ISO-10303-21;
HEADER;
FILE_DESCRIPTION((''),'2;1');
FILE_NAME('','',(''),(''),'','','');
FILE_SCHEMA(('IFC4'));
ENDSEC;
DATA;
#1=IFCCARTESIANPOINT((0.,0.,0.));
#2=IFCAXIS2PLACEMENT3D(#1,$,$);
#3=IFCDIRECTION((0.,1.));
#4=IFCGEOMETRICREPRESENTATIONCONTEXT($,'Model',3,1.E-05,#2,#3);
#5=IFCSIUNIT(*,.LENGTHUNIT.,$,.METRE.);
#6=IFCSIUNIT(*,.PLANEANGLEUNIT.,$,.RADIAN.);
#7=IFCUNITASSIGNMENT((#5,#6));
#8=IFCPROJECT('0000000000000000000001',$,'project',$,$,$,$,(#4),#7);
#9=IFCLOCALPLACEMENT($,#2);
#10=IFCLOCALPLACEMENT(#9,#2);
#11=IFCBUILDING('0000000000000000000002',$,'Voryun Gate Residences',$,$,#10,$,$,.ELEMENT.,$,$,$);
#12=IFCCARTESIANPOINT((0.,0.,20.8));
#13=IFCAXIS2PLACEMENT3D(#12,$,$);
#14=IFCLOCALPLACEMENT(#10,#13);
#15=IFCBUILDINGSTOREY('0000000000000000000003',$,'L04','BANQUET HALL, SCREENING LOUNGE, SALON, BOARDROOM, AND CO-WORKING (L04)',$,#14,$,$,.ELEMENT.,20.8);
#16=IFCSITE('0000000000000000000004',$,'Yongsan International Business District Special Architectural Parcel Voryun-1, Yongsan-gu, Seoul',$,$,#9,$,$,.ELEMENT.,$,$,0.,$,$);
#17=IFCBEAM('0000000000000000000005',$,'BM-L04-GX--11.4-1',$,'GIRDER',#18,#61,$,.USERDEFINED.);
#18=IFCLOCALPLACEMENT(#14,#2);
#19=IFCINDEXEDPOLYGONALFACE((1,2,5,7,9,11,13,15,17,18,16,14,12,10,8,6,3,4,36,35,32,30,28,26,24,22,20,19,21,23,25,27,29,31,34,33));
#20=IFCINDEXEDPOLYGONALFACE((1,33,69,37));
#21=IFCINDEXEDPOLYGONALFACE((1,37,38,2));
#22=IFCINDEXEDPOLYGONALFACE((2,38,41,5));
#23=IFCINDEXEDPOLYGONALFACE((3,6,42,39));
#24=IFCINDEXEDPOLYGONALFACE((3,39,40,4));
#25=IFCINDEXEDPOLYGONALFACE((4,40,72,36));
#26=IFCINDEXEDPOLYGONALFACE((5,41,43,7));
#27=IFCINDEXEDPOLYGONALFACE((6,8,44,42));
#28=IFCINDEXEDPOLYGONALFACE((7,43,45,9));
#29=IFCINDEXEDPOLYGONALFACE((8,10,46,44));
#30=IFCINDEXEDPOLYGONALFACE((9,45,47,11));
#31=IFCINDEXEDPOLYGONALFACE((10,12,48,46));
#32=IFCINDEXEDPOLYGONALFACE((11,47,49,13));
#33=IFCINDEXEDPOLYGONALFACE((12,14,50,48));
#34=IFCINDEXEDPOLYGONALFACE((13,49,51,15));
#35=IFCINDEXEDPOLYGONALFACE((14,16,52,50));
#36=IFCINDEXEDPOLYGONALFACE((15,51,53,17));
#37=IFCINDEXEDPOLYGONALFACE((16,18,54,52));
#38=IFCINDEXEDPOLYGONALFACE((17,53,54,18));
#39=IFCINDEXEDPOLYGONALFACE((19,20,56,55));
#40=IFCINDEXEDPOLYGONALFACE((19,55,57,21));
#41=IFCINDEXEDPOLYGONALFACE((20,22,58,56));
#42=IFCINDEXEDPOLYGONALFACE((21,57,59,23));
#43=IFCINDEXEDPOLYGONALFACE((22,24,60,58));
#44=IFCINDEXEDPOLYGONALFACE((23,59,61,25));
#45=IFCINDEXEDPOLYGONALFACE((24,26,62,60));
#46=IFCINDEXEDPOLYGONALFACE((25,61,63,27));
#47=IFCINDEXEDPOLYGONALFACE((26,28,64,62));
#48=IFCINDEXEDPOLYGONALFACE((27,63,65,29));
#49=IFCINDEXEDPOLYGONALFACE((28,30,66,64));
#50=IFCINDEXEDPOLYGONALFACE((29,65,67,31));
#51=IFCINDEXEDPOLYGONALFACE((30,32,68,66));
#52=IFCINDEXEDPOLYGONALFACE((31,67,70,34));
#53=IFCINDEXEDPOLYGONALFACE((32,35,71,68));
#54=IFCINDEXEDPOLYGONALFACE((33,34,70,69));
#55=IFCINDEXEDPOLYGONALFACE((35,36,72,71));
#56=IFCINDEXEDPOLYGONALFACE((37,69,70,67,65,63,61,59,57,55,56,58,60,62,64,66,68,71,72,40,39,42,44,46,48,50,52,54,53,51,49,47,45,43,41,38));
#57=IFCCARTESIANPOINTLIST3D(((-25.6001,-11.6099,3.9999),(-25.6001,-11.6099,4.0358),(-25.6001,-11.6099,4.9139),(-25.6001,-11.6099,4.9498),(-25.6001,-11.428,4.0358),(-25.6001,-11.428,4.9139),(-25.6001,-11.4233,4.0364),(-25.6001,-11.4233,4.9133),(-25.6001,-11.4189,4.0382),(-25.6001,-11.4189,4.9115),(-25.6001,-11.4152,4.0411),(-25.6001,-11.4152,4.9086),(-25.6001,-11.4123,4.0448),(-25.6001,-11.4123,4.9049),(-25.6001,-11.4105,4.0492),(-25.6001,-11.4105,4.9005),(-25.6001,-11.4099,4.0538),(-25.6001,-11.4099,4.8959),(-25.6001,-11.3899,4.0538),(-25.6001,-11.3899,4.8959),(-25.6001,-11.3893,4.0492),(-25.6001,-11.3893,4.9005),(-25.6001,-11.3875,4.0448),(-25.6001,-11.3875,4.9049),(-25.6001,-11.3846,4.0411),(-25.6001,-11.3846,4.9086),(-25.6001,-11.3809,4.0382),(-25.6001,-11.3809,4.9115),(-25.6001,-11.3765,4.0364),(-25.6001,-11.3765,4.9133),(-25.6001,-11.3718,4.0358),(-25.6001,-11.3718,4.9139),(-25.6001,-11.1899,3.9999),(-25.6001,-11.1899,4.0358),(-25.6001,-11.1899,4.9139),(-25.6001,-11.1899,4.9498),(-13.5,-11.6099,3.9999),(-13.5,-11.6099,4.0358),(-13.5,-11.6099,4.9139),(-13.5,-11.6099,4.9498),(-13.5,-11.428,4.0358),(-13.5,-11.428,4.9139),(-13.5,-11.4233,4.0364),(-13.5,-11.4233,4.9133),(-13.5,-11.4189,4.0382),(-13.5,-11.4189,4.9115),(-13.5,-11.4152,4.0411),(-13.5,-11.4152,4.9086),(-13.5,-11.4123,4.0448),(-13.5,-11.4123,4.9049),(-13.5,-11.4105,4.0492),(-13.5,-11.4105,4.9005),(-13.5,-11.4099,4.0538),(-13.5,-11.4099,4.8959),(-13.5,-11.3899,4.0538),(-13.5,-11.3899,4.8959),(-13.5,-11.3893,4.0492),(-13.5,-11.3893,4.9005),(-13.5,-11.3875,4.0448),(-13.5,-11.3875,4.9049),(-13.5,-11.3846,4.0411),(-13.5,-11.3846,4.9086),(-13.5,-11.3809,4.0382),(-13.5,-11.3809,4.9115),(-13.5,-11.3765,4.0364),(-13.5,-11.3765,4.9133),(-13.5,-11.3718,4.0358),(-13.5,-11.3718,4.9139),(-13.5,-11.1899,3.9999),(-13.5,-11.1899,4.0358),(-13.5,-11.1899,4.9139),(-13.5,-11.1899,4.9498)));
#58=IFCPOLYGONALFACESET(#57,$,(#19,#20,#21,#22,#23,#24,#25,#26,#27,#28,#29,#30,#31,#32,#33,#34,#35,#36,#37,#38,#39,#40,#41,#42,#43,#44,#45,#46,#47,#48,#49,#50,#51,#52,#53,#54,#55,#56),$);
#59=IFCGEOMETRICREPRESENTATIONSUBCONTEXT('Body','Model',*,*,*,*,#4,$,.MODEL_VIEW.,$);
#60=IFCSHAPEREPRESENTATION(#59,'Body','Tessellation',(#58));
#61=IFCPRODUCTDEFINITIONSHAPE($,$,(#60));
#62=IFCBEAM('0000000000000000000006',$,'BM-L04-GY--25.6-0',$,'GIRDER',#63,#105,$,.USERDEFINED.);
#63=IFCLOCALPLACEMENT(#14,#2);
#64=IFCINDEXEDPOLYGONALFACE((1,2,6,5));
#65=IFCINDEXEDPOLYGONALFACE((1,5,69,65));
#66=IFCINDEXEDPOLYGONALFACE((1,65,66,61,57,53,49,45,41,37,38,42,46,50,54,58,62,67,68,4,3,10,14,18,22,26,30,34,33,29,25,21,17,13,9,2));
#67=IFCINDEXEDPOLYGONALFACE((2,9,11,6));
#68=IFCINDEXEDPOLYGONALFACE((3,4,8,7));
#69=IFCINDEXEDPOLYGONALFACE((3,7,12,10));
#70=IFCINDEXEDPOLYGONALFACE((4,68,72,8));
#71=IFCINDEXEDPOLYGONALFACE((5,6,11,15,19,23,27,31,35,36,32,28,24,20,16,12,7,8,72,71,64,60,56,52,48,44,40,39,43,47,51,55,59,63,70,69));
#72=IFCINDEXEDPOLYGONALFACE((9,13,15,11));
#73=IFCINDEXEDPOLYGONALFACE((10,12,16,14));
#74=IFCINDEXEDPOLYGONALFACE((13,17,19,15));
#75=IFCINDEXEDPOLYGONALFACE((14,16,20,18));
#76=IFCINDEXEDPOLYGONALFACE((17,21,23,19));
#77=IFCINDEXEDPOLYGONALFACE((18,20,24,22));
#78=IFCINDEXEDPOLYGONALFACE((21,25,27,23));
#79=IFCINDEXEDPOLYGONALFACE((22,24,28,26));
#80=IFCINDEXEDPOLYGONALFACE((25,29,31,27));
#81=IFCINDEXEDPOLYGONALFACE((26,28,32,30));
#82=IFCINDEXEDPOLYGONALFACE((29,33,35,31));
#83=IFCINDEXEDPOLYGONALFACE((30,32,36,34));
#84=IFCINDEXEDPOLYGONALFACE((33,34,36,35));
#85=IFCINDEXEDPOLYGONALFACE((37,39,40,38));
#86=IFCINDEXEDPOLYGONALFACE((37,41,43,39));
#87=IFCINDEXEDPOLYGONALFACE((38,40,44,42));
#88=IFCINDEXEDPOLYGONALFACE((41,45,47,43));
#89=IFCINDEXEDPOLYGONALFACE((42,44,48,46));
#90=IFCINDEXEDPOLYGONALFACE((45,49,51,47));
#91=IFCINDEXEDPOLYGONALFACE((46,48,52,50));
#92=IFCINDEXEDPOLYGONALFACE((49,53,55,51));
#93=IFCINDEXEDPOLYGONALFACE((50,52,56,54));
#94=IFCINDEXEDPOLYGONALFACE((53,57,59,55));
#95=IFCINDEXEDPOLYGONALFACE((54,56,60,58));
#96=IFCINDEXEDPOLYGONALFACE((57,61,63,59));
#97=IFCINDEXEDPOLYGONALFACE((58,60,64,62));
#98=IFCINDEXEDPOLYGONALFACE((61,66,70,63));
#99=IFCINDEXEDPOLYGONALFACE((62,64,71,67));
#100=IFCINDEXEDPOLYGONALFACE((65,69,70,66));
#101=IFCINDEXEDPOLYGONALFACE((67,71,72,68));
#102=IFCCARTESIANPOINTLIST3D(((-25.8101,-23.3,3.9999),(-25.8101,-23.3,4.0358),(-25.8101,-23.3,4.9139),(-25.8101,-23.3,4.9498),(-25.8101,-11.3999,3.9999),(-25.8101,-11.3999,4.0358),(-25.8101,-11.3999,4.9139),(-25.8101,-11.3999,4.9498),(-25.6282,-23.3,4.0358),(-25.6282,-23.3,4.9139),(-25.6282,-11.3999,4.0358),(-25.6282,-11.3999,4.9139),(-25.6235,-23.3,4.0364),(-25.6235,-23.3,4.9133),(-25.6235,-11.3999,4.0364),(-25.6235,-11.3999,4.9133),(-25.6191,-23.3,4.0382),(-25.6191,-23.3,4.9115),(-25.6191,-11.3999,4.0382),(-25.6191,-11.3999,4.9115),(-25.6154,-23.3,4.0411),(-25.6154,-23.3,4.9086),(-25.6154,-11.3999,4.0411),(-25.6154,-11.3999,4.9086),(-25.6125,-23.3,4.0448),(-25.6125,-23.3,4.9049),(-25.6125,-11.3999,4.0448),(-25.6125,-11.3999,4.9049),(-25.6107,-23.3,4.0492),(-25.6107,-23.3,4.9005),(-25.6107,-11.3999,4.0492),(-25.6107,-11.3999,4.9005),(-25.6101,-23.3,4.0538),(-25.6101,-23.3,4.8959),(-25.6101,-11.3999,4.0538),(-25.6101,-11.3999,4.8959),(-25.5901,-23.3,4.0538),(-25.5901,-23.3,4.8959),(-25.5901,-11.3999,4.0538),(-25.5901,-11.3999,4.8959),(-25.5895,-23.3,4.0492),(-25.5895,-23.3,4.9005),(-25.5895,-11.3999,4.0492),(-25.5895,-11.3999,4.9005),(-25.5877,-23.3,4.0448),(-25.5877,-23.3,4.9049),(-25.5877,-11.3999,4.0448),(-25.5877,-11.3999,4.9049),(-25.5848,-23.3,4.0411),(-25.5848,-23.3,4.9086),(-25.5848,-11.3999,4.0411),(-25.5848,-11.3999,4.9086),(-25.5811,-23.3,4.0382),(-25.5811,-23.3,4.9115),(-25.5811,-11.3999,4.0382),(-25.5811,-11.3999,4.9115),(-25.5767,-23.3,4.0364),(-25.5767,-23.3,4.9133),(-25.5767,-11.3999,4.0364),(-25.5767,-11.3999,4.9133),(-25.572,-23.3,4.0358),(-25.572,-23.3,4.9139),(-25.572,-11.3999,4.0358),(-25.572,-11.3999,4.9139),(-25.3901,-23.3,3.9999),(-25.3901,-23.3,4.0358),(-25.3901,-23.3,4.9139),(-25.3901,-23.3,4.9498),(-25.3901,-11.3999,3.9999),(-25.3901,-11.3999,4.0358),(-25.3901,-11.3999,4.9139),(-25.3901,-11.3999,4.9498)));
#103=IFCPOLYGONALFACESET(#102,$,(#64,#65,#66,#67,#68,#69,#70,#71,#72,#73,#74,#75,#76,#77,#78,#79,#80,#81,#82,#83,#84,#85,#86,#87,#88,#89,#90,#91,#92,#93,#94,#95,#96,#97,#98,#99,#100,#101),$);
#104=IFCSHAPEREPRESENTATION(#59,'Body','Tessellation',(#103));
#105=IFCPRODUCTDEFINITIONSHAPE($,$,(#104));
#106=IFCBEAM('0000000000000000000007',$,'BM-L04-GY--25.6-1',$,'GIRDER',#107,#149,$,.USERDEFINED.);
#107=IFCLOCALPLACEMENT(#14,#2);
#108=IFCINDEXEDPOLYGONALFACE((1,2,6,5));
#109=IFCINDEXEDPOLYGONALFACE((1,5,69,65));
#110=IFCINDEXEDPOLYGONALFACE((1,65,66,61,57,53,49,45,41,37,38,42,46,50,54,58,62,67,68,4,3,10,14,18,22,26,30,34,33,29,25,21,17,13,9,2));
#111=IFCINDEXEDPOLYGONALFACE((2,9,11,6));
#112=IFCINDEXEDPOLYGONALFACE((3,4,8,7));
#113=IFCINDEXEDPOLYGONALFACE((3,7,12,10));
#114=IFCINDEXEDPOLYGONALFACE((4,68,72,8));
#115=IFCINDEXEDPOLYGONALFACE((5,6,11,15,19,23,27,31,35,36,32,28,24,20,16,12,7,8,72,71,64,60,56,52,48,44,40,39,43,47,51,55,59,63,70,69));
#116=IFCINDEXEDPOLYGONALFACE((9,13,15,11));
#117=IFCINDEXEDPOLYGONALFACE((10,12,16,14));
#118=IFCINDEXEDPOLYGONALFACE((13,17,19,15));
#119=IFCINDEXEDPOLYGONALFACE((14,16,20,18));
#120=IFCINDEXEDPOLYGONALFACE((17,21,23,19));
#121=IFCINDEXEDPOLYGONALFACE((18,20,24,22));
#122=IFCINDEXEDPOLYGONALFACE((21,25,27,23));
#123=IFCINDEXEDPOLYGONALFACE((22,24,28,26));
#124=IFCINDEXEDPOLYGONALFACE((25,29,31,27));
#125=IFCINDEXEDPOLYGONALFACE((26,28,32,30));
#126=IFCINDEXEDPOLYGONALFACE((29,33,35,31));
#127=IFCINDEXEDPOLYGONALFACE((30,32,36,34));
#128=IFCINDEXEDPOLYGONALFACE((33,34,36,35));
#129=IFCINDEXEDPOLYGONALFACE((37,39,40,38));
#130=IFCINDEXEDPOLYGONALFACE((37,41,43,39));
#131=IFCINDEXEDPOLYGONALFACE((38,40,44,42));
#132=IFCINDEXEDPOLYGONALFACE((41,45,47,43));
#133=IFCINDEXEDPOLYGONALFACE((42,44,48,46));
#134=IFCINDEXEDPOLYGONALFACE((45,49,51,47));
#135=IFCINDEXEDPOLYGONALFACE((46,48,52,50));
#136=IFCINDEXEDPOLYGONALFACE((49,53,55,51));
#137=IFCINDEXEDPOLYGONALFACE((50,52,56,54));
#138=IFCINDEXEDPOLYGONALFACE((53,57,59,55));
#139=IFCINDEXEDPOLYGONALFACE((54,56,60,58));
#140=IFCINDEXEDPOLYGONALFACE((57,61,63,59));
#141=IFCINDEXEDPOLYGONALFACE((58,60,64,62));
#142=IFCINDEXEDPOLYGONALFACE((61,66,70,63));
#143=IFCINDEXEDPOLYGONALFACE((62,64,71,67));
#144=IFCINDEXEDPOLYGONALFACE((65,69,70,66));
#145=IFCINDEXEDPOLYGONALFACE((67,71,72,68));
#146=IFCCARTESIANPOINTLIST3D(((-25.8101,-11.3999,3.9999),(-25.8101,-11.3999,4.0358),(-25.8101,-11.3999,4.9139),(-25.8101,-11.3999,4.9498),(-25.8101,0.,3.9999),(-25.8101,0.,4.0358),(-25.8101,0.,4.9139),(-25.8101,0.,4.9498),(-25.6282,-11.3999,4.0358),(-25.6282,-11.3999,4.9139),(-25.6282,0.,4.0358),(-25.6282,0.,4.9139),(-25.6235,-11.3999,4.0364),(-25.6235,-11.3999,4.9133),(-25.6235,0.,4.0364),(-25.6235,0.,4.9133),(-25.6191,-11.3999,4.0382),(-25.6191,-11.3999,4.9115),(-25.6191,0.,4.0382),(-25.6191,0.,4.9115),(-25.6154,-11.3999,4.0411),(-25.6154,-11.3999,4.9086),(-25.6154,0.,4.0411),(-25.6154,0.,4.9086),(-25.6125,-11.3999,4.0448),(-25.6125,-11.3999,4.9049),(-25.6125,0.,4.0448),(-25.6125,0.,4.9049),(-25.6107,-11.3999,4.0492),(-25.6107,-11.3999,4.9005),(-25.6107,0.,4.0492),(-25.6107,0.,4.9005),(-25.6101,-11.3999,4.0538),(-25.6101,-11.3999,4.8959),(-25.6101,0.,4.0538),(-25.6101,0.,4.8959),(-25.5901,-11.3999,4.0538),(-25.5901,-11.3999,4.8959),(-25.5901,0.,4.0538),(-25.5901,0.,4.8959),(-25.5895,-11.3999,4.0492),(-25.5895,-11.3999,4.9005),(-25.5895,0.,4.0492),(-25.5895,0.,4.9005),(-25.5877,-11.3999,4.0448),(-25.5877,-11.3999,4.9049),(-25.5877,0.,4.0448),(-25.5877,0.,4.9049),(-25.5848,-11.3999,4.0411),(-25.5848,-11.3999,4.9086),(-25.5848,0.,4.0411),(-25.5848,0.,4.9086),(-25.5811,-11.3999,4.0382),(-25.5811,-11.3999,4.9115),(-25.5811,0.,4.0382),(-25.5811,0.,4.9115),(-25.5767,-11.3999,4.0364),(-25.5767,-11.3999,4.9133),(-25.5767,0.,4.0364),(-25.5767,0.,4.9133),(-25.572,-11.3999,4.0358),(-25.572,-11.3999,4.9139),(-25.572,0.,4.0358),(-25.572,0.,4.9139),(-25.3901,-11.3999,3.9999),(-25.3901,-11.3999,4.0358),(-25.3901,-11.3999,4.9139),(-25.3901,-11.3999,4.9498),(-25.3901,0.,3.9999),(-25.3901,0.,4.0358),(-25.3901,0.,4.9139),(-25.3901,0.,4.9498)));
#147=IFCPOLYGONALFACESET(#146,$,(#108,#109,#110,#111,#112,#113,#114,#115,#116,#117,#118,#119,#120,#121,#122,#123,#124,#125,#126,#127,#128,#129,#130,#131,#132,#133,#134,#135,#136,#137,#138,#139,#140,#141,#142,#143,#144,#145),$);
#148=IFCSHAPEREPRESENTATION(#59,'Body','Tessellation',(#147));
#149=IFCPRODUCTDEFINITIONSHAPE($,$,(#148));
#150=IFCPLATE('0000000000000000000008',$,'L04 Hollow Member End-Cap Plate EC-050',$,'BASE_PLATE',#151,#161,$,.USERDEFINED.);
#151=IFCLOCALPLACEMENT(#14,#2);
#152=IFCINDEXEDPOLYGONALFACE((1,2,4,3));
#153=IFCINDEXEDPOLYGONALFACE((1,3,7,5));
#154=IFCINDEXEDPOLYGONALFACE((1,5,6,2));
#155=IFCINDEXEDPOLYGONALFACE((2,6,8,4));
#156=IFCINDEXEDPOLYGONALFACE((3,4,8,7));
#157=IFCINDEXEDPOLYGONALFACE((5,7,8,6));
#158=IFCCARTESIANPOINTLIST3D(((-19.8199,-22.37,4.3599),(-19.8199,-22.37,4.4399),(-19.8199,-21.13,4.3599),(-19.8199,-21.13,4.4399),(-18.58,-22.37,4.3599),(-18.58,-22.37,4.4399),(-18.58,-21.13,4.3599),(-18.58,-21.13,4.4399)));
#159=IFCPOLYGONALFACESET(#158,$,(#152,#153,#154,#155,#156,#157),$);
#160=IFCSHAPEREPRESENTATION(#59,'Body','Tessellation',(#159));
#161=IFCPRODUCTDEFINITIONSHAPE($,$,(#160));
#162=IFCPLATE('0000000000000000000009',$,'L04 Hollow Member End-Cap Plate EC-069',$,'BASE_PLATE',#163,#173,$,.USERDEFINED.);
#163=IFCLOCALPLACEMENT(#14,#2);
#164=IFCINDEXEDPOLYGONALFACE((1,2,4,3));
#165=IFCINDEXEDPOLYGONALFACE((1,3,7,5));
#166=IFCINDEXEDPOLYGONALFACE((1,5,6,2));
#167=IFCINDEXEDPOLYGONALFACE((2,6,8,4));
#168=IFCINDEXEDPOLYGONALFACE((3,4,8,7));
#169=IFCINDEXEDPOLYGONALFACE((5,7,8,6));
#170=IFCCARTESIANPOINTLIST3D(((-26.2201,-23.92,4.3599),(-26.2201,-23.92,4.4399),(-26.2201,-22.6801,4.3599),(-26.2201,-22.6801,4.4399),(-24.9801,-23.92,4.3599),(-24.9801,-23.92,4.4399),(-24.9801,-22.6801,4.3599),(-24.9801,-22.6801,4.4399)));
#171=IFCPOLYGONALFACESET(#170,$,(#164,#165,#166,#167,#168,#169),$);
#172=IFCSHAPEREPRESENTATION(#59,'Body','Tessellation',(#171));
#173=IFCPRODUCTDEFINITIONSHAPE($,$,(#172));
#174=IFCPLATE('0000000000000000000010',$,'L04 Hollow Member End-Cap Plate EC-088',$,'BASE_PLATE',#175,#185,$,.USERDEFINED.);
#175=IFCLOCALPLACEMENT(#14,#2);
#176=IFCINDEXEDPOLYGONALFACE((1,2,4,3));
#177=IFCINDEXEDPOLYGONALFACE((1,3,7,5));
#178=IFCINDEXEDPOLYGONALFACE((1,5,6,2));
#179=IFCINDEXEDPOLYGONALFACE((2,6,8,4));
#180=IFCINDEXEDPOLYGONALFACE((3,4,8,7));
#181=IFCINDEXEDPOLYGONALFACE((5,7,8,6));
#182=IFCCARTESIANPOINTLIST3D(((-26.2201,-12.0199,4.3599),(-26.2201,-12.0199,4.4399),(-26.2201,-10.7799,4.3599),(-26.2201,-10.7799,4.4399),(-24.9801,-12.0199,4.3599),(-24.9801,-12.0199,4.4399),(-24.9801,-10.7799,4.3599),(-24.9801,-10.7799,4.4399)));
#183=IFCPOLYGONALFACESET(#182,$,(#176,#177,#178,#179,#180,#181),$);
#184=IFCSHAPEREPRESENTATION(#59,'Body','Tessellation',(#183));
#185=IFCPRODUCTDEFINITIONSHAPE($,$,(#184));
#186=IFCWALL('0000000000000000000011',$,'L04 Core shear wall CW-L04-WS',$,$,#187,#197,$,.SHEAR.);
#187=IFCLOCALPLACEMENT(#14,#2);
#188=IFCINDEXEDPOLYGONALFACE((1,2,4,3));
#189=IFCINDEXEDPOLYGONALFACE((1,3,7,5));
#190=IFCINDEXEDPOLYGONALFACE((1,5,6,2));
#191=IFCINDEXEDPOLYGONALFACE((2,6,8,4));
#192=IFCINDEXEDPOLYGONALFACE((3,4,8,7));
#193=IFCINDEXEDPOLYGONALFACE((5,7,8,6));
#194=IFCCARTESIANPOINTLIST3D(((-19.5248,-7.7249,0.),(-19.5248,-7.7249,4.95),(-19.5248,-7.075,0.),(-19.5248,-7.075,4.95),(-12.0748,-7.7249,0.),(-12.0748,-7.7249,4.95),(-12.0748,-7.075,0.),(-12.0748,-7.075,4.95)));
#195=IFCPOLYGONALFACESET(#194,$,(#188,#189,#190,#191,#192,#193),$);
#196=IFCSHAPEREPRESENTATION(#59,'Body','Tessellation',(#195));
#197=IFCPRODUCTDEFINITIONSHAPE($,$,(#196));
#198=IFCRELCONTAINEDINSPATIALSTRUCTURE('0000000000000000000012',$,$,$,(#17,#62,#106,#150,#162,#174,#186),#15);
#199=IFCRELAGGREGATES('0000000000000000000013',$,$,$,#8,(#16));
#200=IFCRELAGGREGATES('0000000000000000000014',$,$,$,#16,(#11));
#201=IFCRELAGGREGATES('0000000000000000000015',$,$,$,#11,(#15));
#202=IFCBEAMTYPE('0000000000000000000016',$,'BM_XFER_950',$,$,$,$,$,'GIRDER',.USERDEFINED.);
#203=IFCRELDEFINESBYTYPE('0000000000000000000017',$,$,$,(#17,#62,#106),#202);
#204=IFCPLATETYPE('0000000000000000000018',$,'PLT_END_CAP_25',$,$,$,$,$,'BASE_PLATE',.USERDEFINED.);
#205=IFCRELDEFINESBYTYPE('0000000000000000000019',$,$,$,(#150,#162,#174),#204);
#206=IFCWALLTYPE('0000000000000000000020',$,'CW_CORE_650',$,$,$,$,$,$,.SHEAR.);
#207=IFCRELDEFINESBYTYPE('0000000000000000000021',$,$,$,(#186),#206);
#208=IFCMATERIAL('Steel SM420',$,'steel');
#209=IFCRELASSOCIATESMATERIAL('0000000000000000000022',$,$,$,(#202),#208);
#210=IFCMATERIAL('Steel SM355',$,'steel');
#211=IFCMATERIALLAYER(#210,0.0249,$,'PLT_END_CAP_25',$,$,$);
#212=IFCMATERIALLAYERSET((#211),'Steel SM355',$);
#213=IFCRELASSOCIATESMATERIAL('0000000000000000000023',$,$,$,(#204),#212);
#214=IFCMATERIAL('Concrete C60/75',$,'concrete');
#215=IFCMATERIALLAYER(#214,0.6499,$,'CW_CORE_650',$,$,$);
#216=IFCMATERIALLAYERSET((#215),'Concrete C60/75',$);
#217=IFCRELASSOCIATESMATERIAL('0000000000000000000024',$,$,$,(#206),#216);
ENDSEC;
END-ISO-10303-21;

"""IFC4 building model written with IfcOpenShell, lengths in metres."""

from ifc_helpers import new_model, si_unit, direction, frame, frame_2d, origin, origin_2d, place, context, subcontext, project, spatial, rectangle, i_section, extrude, material, layer, layer_set, material_profile, profile_set, type_object, element, save


model = new_model("IFC4")

# Units and contexts
model_context = context("Model", 3, precision=1e-05, world=origin(), true_north=direction((0.0, 1.0)))
body_context = subcontext(model_context, "Body", "Model", "MODEL_VIEW")
ifc_project = project(units=[si_unit("LENGTHUNIT", "METRE"), si_unit("PLANEANGLEUNIT", "RADIAN")], contexts=[model_context])

# Site, building, storey
site_placement = place(None, origin())
site = spatial("IfcSite", under=ifc_project, at=site_placement, Name="Yongsan International Business District Special Architectural Parcel Voryun-1, Yongsan-gu, Seoul", CompositionType="ELEMENT", RefElevation=0.0)
building_placement = place(site_placement, origin())
building = spatial("IfcBuilding", under=site, at=building_placement, Name="Voryun Gate Residences", CompositionType="ELEMENT")
storey_placement = place(building_placement, frame((0.0, 0.0, 20.8)))
storey = spatial("IfcBuildingStorey", under=building, at=storey_placement, Name="L04", Description="BANQUET HALL, SCREENING LOUNGE, SALON, BOARDROOM, AND CO-WORKING (L04)", CompositionType="ELEMENT", Elevation=20.8)

# Beams
ifc_material_1 = material(Name="Steel SM420", Category="steel")
ifc_material_profile_1 = material_profile(ifc_material_1, i_section(OverallWidth=0.4199, OverallDepth=0.95, WebThickness=0.02, FlangeThickness=0.0359, FilletRadius=0.0181, at=origin_2d()), Name="H-950x420x20x36")
ifc_profile_set_1 = profile_set([ifc_material_profile_1], Name="Steel SM420")
beam_type_1 = type_object("IfcBeamType", Name="BM_XFER_950", ElementType="GIRDER", PredefinedType="USERDEFINED", material=ifc_profile_set_1)
for number, where, z_axis, x_axis, name in (
    (1, (-25.6001, -11.3999, 4.4749), (1.0, 0.0, 0.0), (0.0, 1.0, 0.0), "BM-L04-GX--11.4-1"),
):
    element("IfcBeam", number, at=place(storey_placement, frame(where, z_axis=z_axis, x_axis=x_axis)), inside=storey, type_object=beam_type_1, Name=name, ObjectType="GIRDER", PredefinedType="USERDEFINED", context=body_context, shape_type="SweptSolid", body=[
        extrude(i_section(OverallWidth=0.4199, OverallDepth=0.95, WebThickness=0.02, FlangeThickness=0.0359, FilletRadius=0.0181, at=origin_2d()), origin(), (0.0, 0.0, 1.0), 12.1001),
    ])
beam_1_placement = place(storey_placement, frame((-25.6001, -23.3, 4.4749), z_axis=(0.0, 1.0, 0.0), x_axis=(-1.0, 0.0, 0.0)))
element("IfcBeam", 2, at=beam_1_placement, inside=storey, type_object=beam_type_1, Name="BM-L04-GY--25.6-0", ObjectType="GIRDER", PredefinedType="USERDEFINED", context=body_context, shape_type="SweptSolid", body=[
    extrude(i_section(OverallWidth=0.4199, OverallDepth=0.95, WebThickness=0.02, FlangeThickness=0.0359, FilletRadius=0.0181, at=origin_2d()), origin(), (0.0, 0.0, 1.0), 11.9001),
])
beam_2_placement = place(storey_placement, frame((-25.6001, -11.3999, 4.4749), z_axis=(0.0, 1.0, 0.0), x_axis=(-1.0, 0.0, 0.0)))
element("IfcBeam", 3, at=beam_2_placement, inside=storey, type_object=beam_type_1, Name="BM-L04-GY--25.6-1", ObjectType="GIRDER", PredefinedType="USERDEFINED", context=body_context, shape_type="SweptSolid", body=[
    extrude(i_section(OverallWidth=0.4199, OverallDepth=0.95, WebThickness=0.02, FlangeThickness=0.0359, FilletRadius=0.0181, at=origin_2d()), origin(), (0.0, 0.0, 1.0), 11.3999),
])

# Plates
ifc_material_2 = material(Name="Steel SM355", Category="steel")
ifc_layer_1 = layer(ifc_material_2, 0.0249, Name="PLT_END_CAP_25")
ifc_layer_set_1 = layer_set([ifc_layer_1], Name="Steel SM355")
plate_type = type_object("IfcPlateType", Name="PLT_END_CAP_25", ElementType="BASE_PLATE", PredefinedType="USERDEFINED", material=ifc_layer_set_1)
for number, where, z_axis, x_axis, name in (
    (4, (-19.2, -21.75, 4.3599), (0.0, 0.0, 1.0), (1.0, 0.0, 0.0), "L04 Hollow Member End-Cap Plate EC-050"),
    (5, (-25.6001, -23.3, 4.3599), (0.0, 0.0, 1.0), (1.0, 0.0, 0.0), "L04 Hollow Member End-Cap Plate EC-069"),
    (6, (-25.6001, -11.3999, 4.3599), (0.0, 0.0, 1.0), (1.0, 0.0, 0.0), "L04 Hollow Member End-Cap Plate EC-088"),
):
    element("IfcPlate", number, at=place(storey_placement, frame(where, z_axis=z_axis, x_axis=x_axis)), inside=storey, type_object=plate_type, Name=name, ObjectType="BASE_PLATE", PredefinedType="USERDEFINED", context=body_context, shape_type="SweptSolid", body=[
        extrude(rectangle(XDim=1.24, YDim=1.24, at=origin_2d()), origin(), (0.0, 0.0, 1.0), 0.0801),
    ])

# Wall
ifc_material_3 = material(Name="Concrete C60/75", Category="concrete")
ifc_layer_2 = layer(ifc_material_3, 0.6499, Name="CW_CORE_650")
ifc_layer_set_2 = layer_set([ifc_layer_2], Name="Concrete C60/75")
wall_type_1 = type_object("IfcWallType", Name="CW_CORE_650", PredefinedType="SHEAR", material=ifc_layer_set_2)
wall_1_placement = place(storey_placement, frame((-19.5249, -7.3999, 0.0), z_axis=(0.0, 0.0, 1.0), x_axis=(1.0, 0.0, 0.0)))
element("IfcWall", 7, at=wall_1_placement, inside=storey, type_object=wall_type_1, Name="L04 Core shear wall CW-L04-WS", PredefinedType="SHEAR", context=body_context, shape_type="SweptSolid", body=[
    extrude(rectangle(XDim=7.45, YDim=0.6499, at=frame_2d((3.7251, 0.0))), origin(), (0.0, 0.0, 1.0), 4.95),
])

save(model, "model.ifc")
